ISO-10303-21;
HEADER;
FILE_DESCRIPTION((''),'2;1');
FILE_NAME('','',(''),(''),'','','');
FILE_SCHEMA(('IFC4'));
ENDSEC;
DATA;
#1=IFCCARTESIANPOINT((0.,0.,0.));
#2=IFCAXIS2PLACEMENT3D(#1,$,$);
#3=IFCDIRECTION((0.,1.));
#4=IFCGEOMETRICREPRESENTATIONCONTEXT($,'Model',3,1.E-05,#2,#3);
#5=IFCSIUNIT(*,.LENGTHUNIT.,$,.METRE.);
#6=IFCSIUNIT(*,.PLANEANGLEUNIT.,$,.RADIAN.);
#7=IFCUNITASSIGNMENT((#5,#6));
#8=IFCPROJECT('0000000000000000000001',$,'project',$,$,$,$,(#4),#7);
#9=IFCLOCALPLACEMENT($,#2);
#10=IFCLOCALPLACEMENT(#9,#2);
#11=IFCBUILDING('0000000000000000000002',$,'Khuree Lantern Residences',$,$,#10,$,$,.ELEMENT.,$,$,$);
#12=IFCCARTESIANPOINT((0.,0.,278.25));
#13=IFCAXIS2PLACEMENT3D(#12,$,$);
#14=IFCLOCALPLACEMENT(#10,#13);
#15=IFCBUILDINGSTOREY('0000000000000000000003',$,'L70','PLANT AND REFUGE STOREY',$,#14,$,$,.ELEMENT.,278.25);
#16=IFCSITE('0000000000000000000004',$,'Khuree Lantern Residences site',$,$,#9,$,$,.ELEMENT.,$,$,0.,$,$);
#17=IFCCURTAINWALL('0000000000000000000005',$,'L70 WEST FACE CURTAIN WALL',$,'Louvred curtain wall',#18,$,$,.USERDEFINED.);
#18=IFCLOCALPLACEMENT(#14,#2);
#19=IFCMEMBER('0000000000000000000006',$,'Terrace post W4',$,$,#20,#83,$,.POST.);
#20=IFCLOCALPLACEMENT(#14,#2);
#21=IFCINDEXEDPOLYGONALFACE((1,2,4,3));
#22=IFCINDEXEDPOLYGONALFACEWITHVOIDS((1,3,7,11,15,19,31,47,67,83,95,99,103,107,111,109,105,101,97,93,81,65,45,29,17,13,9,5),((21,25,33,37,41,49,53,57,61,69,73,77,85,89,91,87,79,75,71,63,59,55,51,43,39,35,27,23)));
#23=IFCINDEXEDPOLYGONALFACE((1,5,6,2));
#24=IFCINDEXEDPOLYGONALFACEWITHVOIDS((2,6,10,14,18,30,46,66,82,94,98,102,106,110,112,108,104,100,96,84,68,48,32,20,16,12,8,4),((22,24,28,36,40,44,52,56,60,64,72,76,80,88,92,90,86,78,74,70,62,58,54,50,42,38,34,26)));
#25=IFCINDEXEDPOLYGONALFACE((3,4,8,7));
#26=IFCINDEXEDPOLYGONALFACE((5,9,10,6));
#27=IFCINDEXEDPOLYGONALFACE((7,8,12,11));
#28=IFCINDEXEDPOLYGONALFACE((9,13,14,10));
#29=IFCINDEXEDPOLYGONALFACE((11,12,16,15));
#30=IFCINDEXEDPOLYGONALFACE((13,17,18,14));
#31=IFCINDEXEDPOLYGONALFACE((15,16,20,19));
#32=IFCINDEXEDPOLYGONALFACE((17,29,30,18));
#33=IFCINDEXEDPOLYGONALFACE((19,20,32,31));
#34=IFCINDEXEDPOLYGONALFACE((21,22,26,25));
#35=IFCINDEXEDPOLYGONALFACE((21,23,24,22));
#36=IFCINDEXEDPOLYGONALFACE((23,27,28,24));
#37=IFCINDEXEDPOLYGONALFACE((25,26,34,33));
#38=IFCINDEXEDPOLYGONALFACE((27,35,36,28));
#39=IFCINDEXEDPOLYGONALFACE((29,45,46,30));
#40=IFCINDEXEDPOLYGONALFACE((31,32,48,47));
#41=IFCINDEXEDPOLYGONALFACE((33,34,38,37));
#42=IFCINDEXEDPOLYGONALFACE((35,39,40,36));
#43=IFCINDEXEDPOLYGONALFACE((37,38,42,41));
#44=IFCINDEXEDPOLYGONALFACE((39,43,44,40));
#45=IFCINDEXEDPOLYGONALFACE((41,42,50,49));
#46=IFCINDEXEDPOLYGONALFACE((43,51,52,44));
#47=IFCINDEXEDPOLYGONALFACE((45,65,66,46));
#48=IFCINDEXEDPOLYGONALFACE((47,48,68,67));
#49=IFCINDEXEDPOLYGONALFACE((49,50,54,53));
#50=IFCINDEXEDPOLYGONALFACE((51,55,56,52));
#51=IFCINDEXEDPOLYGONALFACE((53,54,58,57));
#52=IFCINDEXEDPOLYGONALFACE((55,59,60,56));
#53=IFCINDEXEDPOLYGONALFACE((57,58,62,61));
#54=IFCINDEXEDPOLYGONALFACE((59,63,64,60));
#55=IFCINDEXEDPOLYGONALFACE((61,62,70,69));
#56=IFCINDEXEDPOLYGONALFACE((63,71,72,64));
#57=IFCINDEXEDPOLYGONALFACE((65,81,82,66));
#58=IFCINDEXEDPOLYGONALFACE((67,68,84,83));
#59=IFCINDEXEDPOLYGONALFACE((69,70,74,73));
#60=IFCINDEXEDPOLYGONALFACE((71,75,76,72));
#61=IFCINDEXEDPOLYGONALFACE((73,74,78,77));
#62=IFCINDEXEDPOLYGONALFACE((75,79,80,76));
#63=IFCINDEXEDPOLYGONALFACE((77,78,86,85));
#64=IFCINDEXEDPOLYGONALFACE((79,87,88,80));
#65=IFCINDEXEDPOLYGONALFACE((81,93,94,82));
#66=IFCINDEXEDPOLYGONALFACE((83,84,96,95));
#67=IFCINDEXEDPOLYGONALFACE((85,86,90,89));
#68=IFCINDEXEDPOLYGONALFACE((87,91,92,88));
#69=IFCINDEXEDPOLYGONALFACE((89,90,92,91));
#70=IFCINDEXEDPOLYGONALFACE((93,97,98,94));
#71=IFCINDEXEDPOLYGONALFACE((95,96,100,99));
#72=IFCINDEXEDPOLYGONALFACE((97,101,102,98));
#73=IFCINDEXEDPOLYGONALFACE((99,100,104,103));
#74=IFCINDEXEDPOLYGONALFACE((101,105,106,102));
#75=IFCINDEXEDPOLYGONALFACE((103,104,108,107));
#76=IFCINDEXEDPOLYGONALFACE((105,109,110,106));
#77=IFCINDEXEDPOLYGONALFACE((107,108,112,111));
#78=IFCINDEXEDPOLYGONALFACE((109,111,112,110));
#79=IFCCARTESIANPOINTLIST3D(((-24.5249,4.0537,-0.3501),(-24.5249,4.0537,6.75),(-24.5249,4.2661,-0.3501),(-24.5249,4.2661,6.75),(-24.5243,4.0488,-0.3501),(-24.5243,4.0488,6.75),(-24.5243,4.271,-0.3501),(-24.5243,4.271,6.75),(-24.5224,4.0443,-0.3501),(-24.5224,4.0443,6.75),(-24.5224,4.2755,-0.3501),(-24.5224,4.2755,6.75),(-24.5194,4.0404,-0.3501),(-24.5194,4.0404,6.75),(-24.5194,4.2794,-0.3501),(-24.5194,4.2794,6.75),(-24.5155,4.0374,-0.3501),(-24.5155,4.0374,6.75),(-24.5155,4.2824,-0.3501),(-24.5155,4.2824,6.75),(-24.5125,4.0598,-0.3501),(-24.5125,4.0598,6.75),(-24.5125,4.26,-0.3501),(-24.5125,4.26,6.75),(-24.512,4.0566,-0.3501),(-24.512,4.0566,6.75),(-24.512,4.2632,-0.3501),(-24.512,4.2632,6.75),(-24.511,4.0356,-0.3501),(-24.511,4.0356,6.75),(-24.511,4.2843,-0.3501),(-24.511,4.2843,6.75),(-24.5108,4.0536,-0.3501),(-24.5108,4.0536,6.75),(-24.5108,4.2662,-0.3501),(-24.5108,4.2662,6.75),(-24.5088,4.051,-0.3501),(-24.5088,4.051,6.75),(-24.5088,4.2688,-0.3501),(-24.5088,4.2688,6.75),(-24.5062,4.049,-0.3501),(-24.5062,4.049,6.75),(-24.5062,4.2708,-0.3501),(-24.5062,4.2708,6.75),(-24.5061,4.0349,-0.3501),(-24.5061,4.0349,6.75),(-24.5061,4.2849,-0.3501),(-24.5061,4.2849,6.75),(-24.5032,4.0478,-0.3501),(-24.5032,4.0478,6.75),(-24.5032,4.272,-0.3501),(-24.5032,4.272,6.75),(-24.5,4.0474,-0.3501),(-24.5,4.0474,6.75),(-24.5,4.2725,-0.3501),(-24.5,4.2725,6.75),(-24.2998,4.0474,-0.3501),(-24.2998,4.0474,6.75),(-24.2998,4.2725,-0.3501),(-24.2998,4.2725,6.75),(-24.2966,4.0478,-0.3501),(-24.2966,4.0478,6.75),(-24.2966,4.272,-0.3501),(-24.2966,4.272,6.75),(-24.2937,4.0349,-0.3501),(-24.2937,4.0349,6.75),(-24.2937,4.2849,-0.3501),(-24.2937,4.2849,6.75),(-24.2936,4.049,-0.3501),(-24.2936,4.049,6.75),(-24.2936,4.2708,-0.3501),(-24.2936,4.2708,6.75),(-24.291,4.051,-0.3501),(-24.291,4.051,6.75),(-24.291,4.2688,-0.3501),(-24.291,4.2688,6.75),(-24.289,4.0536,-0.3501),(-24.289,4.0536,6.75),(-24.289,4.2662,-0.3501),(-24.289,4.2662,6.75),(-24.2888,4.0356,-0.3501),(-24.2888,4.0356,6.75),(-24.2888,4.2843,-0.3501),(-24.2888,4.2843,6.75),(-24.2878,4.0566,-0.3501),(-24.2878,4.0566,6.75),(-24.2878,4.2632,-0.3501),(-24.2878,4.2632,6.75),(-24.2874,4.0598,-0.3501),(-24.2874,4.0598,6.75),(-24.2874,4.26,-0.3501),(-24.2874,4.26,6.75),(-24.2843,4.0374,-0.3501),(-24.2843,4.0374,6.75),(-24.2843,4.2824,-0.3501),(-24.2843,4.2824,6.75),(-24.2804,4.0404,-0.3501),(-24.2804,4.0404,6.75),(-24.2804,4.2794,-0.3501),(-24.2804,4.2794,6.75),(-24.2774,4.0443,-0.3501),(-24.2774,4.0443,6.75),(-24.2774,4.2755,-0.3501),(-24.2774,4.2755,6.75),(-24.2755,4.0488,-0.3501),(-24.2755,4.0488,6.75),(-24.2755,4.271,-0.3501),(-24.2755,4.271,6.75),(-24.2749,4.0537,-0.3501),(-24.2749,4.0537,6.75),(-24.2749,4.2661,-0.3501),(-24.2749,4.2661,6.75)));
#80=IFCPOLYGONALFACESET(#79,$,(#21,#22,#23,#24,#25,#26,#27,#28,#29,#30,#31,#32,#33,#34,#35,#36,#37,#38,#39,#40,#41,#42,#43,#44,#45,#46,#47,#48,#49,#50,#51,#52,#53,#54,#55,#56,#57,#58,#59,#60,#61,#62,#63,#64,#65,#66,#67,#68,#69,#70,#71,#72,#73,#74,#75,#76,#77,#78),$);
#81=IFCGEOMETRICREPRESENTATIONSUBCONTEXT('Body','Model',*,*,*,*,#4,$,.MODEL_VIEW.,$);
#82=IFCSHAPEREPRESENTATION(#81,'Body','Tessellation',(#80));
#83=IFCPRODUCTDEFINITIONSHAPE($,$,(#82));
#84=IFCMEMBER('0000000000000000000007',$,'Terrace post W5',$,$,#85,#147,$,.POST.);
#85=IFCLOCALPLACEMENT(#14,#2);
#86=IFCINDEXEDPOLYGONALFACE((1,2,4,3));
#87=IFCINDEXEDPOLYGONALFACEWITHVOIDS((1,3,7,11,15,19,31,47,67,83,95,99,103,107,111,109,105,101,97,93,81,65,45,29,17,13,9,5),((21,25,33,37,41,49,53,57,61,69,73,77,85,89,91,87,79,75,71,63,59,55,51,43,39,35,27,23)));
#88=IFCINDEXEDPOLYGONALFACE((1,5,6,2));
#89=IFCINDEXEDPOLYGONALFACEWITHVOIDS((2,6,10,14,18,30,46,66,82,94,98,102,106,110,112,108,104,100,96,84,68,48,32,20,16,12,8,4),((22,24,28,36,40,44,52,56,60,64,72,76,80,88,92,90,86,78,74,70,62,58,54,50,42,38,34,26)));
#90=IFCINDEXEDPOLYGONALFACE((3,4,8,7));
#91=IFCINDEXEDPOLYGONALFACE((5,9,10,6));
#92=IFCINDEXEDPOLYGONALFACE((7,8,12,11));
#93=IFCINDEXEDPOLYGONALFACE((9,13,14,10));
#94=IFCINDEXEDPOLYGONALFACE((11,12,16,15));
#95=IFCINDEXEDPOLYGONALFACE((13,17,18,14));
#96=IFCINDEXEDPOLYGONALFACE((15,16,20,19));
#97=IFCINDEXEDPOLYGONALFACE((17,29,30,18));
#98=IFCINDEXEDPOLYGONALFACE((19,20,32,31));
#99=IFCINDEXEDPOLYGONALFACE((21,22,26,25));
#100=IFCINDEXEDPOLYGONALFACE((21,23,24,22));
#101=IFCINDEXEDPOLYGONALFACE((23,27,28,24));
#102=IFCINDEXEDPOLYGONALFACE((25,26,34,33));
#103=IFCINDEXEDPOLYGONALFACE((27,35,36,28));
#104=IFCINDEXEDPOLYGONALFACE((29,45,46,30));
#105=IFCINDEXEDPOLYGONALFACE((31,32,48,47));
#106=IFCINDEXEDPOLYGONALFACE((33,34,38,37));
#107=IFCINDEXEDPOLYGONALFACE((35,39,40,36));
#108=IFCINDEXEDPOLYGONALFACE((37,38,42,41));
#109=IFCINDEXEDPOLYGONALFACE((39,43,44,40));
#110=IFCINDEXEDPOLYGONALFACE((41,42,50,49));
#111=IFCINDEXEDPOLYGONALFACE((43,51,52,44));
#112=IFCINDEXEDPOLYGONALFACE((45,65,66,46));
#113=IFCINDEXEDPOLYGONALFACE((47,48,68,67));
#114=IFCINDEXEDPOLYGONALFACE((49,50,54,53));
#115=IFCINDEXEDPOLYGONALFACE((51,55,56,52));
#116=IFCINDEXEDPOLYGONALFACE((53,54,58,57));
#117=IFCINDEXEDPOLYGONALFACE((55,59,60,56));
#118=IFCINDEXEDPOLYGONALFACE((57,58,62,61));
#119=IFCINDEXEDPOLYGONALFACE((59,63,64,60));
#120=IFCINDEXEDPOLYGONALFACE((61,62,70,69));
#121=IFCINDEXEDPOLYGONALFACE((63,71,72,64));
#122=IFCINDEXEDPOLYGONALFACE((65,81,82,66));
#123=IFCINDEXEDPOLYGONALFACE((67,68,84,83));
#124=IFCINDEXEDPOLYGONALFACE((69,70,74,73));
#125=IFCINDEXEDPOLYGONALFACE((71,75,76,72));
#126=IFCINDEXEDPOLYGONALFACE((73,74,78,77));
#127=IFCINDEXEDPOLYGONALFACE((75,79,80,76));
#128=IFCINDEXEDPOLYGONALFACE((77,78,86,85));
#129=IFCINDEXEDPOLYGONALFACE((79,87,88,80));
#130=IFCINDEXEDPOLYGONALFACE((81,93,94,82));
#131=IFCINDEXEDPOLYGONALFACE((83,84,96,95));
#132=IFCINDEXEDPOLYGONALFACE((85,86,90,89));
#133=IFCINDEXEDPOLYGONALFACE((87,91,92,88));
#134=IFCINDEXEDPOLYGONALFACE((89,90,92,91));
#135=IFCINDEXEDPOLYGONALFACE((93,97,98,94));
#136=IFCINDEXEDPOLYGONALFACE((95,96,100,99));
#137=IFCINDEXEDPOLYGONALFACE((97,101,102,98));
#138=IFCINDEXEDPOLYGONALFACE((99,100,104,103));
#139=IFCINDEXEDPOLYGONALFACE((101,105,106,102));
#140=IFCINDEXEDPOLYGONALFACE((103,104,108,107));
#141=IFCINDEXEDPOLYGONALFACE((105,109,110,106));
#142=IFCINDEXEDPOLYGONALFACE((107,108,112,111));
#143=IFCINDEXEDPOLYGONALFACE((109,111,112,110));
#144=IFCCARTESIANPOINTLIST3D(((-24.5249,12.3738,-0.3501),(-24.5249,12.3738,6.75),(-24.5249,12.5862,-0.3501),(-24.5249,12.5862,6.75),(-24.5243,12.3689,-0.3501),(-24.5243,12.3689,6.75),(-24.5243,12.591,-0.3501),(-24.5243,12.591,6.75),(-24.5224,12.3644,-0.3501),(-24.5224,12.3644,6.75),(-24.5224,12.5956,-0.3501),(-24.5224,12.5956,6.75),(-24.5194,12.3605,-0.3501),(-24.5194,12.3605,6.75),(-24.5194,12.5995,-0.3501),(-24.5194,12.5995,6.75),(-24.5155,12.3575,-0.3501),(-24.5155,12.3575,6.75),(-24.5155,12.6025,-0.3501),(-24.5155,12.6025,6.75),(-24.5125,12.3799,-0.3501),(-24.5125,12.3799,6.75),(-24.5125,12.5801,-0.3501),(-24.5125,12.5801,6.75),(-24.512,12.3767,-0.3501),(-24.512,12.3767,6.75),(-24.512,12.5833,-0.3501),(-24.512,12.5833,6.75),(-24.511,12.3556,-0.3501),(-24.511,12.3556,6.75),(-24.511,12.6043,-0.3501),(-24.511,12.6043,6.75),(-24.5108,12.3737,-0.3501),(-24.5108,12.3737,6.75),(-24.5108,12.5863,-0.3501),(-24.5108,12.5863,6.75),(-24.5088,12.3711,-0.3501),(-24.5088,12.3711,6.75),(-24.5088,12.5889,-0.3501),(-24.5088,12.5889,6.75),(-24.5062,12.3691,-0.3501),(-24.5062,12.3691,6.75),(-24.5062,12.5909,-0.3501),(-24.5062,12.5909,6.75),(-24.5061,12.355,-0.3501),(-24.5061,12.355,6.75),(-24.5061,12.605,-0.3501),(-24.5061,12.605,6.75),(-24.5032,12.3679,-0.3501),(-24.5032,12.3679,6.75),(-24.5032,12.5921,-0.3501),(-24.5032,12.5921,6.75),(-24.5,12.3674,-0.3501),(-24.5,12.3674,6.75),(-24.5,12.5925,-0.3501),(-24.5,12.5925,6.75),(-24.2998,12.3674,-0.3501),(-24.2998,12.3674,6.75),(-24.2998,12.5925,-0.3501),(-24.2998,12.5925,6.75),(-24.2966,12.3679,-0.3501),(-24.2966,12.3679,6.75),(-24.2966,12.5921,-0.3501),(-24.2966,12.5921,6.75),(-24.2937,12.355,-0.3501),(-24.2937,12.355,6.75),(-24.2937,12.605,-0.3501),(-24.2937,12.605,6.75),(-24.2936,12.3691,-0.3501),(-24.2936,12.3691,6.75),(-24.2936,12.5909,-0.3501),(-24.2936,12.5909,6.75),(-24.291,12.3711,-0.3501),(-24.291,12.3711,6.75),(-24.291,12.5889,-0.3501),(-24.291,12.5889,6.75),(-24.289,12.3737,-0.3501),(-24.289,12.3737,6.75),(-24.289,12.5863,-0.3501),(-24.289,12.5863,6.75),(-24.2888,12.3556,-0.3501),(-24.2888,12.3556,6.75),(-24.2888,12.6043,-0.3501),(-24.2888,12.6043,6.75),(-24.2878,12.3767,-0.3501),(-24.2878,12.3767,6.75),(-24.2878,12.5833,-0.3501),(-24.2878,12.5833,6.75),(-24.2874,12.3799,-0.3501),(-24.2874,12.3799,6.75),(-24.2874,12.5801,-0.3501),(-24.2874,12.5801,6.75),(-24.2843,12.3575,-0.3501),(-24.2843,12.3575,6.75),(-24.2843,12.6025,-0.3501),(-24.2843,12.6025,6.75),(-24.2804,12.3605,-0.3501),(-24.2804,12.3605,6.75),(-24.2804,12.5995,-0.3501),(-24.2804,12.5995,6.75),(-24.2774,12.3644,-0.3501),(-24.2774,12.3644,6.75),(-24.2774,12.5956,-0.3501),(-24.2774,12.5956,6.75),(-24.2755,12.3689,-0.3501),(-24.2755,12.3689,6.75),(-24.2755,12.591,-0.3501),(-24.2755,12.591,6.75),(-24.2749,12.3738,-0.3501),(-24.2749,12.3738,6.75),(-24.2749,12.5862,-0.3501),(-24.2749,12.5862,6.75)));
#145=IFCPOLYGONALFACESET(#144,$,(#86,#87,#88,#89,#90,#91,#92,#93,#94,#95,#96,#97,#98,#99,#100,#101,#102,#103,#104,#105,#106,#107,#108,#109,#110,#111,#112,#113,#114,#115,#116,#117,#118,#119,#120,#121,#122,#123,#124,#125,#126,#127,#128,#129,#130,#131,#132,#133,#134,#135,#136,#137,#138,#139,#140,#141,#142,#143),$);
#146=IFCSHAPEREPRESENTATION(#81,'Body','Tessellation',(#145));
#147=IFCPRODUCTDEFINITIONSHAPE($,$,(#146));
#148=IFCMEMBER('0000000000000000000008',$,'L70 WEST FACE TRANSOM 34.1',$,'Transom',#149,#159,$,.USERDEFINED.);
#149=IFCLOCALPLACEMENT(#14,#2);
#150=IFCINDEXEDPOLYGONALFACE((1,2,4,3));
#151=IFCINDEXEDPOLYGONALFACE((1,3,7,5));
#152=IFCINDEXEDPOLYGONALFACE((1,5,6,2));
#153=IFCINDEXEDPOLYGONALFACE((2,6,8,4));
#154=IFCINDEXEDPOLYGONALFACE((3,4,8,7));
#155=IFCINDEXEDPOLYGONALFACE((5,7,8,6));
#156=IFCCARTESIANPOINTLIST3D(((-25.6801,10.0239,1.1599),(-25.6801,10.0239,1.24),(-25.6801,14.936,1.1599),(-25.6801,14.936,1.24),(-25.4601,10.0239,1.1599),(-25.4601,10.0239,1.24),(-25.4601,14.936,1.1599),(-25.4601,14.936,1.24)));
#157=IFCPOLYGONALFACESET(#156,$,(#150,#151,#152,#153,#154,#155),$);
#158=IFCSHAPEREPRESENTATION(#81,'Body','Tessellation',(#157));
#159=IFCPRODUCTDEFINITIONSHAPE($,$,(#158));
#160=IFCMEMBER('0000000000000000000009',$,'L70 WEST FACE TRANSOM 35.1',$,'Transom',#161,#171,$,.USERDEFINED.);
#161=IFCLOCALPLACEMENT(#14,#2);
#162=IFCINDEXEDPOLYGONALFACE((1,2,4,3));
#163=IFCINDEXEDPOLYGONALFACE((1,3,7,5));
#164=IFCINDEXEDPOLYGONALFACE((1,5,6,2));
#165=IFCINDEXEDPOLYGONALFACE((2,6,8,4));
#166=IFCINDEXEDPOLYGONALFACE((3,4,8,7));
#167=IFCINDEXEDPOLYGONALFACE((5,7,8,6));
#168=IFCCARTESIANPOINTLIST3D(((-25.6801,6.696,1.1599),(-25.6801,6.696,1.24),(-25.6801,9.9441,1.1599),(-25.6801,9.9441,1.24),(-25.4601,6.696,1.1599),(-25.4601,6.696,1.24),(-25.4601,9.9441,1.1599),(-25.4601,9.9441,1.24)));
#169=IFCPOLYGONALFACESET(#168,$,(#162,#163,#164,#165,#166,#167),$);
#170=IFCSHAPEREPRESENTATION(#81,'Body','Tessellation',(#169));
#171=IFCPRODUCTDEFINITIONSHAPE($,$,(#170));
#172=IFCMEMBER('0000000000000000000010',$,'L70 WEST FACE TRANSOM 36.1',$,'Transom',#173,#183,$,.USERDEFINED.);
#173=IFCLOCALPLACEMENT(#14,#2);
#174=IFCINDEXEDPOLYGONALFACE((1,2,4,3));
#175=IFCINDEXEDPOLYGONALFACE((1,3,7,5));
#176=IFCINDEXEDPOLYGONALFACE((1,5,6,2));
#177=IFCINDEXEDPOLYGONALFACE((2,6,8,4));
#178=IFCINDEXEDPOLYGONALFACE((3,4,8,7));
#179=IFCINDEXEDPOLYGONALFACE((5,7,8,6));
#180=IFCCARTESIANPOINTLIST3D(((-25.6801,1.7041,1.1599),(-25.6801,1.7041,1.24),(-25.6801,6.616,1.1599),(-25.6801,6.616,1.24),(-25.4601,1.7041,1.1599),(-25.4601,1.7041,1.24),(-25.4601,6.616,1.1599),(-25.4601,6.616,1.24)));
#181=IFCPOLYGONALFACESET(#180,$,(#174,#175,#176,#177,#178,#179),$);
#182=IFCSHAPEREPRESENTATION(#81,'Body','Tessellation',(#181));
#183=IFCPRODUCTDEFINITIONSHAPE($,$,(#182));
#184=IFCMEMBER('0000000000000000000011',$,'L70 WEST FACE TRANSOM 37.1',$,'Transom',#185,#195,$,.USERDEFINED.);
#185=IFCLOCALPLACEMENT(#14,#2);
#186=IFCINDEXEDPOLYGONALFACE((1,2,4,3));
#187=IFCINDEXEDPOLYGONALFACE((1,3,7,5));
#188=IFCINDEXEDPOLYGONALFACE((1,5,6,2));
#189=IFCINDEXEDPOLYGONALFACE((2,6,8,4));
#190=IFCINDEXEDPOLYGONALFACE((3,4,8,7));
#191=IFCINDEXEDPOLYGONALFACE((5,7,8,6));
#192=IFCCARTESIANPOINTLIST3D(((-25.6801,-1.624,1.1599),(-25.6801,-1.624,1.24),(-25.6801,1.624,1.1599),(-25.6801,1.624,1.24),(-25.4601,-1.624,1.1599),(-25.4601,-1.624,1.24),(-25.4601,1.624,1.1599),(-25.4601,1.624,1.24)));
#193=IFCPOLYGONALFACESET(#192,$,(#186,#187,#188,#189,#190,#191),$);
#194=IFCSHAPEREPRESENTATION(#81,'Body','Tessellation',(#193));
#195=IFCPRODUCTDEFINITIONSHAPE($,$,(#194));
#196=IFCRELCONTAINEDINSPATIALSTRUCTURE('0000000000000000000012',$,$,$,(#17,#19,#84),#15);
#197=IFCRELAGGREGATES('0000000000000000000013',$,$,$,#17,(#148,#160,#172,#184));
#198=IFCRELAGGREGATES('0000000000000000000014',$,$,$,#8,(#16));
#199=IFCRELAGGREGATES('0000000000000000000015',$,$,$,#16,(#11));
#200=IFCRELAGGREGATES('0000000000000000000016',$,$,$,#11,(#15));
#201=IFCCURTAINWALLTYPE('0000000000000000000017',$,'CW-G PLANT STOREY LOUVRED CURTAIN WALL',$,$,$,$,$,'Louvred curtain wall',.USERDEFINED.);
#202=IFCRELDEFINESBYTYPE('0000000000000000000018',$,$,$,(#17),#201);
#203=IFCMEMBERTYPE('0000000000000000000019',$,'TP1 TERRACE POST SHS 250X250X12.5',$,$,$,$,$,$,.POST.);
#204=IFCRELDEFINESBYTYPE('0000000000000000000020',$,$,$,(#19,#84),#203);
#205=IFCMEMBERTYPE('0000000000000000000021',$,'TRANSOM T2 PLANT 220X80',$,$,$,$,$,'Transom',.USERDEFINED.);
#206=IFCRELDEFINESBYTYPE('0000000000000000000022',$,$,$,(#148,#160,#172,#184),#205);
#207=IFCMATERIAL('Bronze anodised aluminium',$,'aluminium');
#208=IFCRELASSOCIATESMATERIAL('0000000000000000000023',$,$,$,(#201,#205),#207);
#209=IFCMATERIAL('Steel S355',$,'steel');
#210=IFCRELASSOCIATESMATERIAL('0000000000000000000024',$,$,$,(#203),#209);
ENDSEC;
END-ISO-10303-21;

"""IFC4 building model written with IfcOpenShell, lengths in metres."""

from ifc_helpers import new_model, si_unit, direction, frame, origin, origin_2d, place, context, subcontext, project, spatial, rectangle, hollow_rectangle, extrude, material, material_profile, profile_set, type_object, element, aggregate, save


model = new_model("IFC4")

# Units and contexts
model_context = context("Model", 3, precision=1e-05, world=origin(), true_north=direction((0.0, 1.0)))
body_context = subcontext(model_context, "Body", "Model", "MODEL_VIEW")
ifc_project = project(units=[si_unit("LENGTHUNIT", "METRE"), si_unit("PLANEANGLEUNIT", "RADIAN")], contexts=[model_context])

# Site, building, storey
site_placement = place(None, origin())
site = spatial("IfcSite", under=ifc_project, at=site_placement, Name="Khuree Lantern Residences site", CompositionType="ELEMENT", RefElevation=0.0)
building_placement = place(site_placement, origin())
building = spatial("IfcBuilding", under=site, at=building_placement, Name="Khuree Lantern Residences", CompositionType="ELEMENT")
storey_placement = place(building_placement, frame((0.0, 0.0, 278.25)))
storey = spatial("IfcBuildingStorey", under=building, at=storey_placement, Name="L70", Description="PLANT AND REFUGE STOREY", CompositionType="ELEMENT", Elevation=278.25)

# Shared definitions
ifc_material_1 = material(Name="Steel S355", Category="steel")

# Curtain wall
ifc_material_2 = material(Name="Bronze anodised aluminium", Category="aluminium")
curtain_wall_type = type_object("IfcCurtainWallType", Name="CW-G PLANT STOREY LOUVRED CURTAIN WALL", ElementType="Louvred curtain wall", PredefinedType="USERDEFINED", material=ifc_material_2)
curtain_wall_placement = place(storey_placement, origin())
curtain_wall = element("IfcCurtainWall", 1, at=curtain_wall_placement, inside=storey, type_object=curtain_wall_type, Name="L70 WEST FACE CURTAIN WALL", ObjectType="Louvred curtain wall", PredefinedType="USERDEFINED")

# Members
ifc_material_profile_1 = material_profile(ifc_material_1, hollow_rectangle(XDim=0.25, YDim=0.25, WallThickness=0.0125, InnerFilletRadius=0.0125, OuterFilletRadius=0.0188, at=origin_2d()), Name="SHS 250X250X12.5")
ifc_profile_set_1 = profile_set([ifc_material_profile_1], Name="Steel S355")
member_type_1 = type_object("IfcMemberType", Name="TP1 TERRACE POST SHS 250X250X12.5", PredefinedType="POST", material=ifc_profile_set_1)
for number, where, z_axis, x_axis, name in (
    (2, (-24.3999, 4.1599, -0.3501), (0.0, 0.0, 1.0), (1.0, 0.0, 0.0), "Terrace post W4"),
    (3, (-24.3999, 12.48, -0.3501), (0.0, 0.0, 1.0), (1.0, 0.0, 0.0), "Terrace post W5"),
):
    element("IfcMember", number, at=place(storey_placement, frame(where, z_axis=z_axis, x_axis=x_axis)), inside=storey, type_object=member_type_1, Name=name, PredefinedType="POST", context=body_context, shape_type="SweptSolid", body=[
        extrude(hollow_rectangle(XDim=0.25, YDim=0.25, WallThickness=0.0125, InnerFilletRadius=0.0125, OuterFilletRadius=0.0188, at=origin_2d()), origin(), (0.0, 0.0, 1.0), 7.1001),
    ])

# Members
ifc_material_profile_2 = material_profile(ifc_material_2, rectangle(XDim=0.22, YDim=0.0801, at=origin_2d()), Name="T2 220X80")
ifc_profile_set_2 = profile_set([ifc_material_profile_2], Name="Bronze anodised aluminium")
member_type_2 = type_object("IfcMemberType", Name="TRANSOM T2 PLANT 220X80", ElementType="Transom", PredefinedType="USERDEFINED", material=ifc_profile_set_2)
member_1_placement = place(storey_placement, frame((-25.5701, 14.936, 1.2), z_axis=(0.0, -1.0, 0.0), x_axis=(1.0, 0.0, 0.0)))
member_1 = element("IfcMember", 4, at=member_1_placement, type_object=member_type_2, Name="L70 WEST FACE TRANSOM 34.1", ObjectType="Transom", PredefinedType="USERDEFINED", context=body_context, shape_type="SweptSolid", body=[
    extrude(rectangle(XDim=0.22, YDim=0.0801, at=origin_2d()), origin(), (0.0, 0.0, 1.0), 4.9121),
])
member_2_placement = place(storey_placement, frame((-25.5701, 9.9441, 1.2), z_axis=(0.0, -1.0, 0.0), x_axis=(1.0, 0.0, 0.0)))
member_2 = element("IfcMember", 5, at=member_2_placement, type_object=member_type_2, Name="L70 WEST FACE TRANSOM 35.1", ObjectType="Transom", PredefinedType="USERDEFINED", context=body_context, shape_type="SweptSolid", body=[
    extrude(rectangle(XDim=0.22, YDim=0.0801, at=origin_2d()), origin(), (0.0, 0.0, 1.0), 3.248),
])
member_3_placement = place(storey_placement, frame((-25.5701, 6.616, 1.2), z_axis=(0.0, -1.0, 0.0), x_axis=(1.0, 0.0, 0.0)))
member_3 = element("IfcMember", 6, at=member_3_placement, type_object=member_type_2, Name="L70 WEST FACE TRANSOM 36.1", ObjectType="Transom", PredefinedType="USERDEFINED", context=body_context, shape_type="SweptSolid", body=[
    extrude(rectangle(XDim=0.22, YDim=0.0801, at=origin_2d()), origin(), (0.0, 0.0, 1.0), 4.9119),
])
member_4_placement = place(storey_placement, frame((-25.5701, 1.624, 1.2), z_axis=(0.0, -1.0, 0.0), x_axis=(1.0, 0.0, 0.0)))
member_4 = element("IfcMember", 7, at=member_4_placement, type_object=member_type_2, Name="L70 WEST FACE TRANSOM 37.1", ObjectType="Transom", PredefinedType="USERDEFINED", context=body_context, shape_type="SweptSolid", body=[
    extrude(rectangle(XDim=0.22, YDim=0.0801, at=origin_2d()), origin(), (0.0, 0.0, 1.0), 3.248),
])

aggregate(curtain_wall, [member_1, member_2, member_3, member_4])

save(model, "model.ifc")
